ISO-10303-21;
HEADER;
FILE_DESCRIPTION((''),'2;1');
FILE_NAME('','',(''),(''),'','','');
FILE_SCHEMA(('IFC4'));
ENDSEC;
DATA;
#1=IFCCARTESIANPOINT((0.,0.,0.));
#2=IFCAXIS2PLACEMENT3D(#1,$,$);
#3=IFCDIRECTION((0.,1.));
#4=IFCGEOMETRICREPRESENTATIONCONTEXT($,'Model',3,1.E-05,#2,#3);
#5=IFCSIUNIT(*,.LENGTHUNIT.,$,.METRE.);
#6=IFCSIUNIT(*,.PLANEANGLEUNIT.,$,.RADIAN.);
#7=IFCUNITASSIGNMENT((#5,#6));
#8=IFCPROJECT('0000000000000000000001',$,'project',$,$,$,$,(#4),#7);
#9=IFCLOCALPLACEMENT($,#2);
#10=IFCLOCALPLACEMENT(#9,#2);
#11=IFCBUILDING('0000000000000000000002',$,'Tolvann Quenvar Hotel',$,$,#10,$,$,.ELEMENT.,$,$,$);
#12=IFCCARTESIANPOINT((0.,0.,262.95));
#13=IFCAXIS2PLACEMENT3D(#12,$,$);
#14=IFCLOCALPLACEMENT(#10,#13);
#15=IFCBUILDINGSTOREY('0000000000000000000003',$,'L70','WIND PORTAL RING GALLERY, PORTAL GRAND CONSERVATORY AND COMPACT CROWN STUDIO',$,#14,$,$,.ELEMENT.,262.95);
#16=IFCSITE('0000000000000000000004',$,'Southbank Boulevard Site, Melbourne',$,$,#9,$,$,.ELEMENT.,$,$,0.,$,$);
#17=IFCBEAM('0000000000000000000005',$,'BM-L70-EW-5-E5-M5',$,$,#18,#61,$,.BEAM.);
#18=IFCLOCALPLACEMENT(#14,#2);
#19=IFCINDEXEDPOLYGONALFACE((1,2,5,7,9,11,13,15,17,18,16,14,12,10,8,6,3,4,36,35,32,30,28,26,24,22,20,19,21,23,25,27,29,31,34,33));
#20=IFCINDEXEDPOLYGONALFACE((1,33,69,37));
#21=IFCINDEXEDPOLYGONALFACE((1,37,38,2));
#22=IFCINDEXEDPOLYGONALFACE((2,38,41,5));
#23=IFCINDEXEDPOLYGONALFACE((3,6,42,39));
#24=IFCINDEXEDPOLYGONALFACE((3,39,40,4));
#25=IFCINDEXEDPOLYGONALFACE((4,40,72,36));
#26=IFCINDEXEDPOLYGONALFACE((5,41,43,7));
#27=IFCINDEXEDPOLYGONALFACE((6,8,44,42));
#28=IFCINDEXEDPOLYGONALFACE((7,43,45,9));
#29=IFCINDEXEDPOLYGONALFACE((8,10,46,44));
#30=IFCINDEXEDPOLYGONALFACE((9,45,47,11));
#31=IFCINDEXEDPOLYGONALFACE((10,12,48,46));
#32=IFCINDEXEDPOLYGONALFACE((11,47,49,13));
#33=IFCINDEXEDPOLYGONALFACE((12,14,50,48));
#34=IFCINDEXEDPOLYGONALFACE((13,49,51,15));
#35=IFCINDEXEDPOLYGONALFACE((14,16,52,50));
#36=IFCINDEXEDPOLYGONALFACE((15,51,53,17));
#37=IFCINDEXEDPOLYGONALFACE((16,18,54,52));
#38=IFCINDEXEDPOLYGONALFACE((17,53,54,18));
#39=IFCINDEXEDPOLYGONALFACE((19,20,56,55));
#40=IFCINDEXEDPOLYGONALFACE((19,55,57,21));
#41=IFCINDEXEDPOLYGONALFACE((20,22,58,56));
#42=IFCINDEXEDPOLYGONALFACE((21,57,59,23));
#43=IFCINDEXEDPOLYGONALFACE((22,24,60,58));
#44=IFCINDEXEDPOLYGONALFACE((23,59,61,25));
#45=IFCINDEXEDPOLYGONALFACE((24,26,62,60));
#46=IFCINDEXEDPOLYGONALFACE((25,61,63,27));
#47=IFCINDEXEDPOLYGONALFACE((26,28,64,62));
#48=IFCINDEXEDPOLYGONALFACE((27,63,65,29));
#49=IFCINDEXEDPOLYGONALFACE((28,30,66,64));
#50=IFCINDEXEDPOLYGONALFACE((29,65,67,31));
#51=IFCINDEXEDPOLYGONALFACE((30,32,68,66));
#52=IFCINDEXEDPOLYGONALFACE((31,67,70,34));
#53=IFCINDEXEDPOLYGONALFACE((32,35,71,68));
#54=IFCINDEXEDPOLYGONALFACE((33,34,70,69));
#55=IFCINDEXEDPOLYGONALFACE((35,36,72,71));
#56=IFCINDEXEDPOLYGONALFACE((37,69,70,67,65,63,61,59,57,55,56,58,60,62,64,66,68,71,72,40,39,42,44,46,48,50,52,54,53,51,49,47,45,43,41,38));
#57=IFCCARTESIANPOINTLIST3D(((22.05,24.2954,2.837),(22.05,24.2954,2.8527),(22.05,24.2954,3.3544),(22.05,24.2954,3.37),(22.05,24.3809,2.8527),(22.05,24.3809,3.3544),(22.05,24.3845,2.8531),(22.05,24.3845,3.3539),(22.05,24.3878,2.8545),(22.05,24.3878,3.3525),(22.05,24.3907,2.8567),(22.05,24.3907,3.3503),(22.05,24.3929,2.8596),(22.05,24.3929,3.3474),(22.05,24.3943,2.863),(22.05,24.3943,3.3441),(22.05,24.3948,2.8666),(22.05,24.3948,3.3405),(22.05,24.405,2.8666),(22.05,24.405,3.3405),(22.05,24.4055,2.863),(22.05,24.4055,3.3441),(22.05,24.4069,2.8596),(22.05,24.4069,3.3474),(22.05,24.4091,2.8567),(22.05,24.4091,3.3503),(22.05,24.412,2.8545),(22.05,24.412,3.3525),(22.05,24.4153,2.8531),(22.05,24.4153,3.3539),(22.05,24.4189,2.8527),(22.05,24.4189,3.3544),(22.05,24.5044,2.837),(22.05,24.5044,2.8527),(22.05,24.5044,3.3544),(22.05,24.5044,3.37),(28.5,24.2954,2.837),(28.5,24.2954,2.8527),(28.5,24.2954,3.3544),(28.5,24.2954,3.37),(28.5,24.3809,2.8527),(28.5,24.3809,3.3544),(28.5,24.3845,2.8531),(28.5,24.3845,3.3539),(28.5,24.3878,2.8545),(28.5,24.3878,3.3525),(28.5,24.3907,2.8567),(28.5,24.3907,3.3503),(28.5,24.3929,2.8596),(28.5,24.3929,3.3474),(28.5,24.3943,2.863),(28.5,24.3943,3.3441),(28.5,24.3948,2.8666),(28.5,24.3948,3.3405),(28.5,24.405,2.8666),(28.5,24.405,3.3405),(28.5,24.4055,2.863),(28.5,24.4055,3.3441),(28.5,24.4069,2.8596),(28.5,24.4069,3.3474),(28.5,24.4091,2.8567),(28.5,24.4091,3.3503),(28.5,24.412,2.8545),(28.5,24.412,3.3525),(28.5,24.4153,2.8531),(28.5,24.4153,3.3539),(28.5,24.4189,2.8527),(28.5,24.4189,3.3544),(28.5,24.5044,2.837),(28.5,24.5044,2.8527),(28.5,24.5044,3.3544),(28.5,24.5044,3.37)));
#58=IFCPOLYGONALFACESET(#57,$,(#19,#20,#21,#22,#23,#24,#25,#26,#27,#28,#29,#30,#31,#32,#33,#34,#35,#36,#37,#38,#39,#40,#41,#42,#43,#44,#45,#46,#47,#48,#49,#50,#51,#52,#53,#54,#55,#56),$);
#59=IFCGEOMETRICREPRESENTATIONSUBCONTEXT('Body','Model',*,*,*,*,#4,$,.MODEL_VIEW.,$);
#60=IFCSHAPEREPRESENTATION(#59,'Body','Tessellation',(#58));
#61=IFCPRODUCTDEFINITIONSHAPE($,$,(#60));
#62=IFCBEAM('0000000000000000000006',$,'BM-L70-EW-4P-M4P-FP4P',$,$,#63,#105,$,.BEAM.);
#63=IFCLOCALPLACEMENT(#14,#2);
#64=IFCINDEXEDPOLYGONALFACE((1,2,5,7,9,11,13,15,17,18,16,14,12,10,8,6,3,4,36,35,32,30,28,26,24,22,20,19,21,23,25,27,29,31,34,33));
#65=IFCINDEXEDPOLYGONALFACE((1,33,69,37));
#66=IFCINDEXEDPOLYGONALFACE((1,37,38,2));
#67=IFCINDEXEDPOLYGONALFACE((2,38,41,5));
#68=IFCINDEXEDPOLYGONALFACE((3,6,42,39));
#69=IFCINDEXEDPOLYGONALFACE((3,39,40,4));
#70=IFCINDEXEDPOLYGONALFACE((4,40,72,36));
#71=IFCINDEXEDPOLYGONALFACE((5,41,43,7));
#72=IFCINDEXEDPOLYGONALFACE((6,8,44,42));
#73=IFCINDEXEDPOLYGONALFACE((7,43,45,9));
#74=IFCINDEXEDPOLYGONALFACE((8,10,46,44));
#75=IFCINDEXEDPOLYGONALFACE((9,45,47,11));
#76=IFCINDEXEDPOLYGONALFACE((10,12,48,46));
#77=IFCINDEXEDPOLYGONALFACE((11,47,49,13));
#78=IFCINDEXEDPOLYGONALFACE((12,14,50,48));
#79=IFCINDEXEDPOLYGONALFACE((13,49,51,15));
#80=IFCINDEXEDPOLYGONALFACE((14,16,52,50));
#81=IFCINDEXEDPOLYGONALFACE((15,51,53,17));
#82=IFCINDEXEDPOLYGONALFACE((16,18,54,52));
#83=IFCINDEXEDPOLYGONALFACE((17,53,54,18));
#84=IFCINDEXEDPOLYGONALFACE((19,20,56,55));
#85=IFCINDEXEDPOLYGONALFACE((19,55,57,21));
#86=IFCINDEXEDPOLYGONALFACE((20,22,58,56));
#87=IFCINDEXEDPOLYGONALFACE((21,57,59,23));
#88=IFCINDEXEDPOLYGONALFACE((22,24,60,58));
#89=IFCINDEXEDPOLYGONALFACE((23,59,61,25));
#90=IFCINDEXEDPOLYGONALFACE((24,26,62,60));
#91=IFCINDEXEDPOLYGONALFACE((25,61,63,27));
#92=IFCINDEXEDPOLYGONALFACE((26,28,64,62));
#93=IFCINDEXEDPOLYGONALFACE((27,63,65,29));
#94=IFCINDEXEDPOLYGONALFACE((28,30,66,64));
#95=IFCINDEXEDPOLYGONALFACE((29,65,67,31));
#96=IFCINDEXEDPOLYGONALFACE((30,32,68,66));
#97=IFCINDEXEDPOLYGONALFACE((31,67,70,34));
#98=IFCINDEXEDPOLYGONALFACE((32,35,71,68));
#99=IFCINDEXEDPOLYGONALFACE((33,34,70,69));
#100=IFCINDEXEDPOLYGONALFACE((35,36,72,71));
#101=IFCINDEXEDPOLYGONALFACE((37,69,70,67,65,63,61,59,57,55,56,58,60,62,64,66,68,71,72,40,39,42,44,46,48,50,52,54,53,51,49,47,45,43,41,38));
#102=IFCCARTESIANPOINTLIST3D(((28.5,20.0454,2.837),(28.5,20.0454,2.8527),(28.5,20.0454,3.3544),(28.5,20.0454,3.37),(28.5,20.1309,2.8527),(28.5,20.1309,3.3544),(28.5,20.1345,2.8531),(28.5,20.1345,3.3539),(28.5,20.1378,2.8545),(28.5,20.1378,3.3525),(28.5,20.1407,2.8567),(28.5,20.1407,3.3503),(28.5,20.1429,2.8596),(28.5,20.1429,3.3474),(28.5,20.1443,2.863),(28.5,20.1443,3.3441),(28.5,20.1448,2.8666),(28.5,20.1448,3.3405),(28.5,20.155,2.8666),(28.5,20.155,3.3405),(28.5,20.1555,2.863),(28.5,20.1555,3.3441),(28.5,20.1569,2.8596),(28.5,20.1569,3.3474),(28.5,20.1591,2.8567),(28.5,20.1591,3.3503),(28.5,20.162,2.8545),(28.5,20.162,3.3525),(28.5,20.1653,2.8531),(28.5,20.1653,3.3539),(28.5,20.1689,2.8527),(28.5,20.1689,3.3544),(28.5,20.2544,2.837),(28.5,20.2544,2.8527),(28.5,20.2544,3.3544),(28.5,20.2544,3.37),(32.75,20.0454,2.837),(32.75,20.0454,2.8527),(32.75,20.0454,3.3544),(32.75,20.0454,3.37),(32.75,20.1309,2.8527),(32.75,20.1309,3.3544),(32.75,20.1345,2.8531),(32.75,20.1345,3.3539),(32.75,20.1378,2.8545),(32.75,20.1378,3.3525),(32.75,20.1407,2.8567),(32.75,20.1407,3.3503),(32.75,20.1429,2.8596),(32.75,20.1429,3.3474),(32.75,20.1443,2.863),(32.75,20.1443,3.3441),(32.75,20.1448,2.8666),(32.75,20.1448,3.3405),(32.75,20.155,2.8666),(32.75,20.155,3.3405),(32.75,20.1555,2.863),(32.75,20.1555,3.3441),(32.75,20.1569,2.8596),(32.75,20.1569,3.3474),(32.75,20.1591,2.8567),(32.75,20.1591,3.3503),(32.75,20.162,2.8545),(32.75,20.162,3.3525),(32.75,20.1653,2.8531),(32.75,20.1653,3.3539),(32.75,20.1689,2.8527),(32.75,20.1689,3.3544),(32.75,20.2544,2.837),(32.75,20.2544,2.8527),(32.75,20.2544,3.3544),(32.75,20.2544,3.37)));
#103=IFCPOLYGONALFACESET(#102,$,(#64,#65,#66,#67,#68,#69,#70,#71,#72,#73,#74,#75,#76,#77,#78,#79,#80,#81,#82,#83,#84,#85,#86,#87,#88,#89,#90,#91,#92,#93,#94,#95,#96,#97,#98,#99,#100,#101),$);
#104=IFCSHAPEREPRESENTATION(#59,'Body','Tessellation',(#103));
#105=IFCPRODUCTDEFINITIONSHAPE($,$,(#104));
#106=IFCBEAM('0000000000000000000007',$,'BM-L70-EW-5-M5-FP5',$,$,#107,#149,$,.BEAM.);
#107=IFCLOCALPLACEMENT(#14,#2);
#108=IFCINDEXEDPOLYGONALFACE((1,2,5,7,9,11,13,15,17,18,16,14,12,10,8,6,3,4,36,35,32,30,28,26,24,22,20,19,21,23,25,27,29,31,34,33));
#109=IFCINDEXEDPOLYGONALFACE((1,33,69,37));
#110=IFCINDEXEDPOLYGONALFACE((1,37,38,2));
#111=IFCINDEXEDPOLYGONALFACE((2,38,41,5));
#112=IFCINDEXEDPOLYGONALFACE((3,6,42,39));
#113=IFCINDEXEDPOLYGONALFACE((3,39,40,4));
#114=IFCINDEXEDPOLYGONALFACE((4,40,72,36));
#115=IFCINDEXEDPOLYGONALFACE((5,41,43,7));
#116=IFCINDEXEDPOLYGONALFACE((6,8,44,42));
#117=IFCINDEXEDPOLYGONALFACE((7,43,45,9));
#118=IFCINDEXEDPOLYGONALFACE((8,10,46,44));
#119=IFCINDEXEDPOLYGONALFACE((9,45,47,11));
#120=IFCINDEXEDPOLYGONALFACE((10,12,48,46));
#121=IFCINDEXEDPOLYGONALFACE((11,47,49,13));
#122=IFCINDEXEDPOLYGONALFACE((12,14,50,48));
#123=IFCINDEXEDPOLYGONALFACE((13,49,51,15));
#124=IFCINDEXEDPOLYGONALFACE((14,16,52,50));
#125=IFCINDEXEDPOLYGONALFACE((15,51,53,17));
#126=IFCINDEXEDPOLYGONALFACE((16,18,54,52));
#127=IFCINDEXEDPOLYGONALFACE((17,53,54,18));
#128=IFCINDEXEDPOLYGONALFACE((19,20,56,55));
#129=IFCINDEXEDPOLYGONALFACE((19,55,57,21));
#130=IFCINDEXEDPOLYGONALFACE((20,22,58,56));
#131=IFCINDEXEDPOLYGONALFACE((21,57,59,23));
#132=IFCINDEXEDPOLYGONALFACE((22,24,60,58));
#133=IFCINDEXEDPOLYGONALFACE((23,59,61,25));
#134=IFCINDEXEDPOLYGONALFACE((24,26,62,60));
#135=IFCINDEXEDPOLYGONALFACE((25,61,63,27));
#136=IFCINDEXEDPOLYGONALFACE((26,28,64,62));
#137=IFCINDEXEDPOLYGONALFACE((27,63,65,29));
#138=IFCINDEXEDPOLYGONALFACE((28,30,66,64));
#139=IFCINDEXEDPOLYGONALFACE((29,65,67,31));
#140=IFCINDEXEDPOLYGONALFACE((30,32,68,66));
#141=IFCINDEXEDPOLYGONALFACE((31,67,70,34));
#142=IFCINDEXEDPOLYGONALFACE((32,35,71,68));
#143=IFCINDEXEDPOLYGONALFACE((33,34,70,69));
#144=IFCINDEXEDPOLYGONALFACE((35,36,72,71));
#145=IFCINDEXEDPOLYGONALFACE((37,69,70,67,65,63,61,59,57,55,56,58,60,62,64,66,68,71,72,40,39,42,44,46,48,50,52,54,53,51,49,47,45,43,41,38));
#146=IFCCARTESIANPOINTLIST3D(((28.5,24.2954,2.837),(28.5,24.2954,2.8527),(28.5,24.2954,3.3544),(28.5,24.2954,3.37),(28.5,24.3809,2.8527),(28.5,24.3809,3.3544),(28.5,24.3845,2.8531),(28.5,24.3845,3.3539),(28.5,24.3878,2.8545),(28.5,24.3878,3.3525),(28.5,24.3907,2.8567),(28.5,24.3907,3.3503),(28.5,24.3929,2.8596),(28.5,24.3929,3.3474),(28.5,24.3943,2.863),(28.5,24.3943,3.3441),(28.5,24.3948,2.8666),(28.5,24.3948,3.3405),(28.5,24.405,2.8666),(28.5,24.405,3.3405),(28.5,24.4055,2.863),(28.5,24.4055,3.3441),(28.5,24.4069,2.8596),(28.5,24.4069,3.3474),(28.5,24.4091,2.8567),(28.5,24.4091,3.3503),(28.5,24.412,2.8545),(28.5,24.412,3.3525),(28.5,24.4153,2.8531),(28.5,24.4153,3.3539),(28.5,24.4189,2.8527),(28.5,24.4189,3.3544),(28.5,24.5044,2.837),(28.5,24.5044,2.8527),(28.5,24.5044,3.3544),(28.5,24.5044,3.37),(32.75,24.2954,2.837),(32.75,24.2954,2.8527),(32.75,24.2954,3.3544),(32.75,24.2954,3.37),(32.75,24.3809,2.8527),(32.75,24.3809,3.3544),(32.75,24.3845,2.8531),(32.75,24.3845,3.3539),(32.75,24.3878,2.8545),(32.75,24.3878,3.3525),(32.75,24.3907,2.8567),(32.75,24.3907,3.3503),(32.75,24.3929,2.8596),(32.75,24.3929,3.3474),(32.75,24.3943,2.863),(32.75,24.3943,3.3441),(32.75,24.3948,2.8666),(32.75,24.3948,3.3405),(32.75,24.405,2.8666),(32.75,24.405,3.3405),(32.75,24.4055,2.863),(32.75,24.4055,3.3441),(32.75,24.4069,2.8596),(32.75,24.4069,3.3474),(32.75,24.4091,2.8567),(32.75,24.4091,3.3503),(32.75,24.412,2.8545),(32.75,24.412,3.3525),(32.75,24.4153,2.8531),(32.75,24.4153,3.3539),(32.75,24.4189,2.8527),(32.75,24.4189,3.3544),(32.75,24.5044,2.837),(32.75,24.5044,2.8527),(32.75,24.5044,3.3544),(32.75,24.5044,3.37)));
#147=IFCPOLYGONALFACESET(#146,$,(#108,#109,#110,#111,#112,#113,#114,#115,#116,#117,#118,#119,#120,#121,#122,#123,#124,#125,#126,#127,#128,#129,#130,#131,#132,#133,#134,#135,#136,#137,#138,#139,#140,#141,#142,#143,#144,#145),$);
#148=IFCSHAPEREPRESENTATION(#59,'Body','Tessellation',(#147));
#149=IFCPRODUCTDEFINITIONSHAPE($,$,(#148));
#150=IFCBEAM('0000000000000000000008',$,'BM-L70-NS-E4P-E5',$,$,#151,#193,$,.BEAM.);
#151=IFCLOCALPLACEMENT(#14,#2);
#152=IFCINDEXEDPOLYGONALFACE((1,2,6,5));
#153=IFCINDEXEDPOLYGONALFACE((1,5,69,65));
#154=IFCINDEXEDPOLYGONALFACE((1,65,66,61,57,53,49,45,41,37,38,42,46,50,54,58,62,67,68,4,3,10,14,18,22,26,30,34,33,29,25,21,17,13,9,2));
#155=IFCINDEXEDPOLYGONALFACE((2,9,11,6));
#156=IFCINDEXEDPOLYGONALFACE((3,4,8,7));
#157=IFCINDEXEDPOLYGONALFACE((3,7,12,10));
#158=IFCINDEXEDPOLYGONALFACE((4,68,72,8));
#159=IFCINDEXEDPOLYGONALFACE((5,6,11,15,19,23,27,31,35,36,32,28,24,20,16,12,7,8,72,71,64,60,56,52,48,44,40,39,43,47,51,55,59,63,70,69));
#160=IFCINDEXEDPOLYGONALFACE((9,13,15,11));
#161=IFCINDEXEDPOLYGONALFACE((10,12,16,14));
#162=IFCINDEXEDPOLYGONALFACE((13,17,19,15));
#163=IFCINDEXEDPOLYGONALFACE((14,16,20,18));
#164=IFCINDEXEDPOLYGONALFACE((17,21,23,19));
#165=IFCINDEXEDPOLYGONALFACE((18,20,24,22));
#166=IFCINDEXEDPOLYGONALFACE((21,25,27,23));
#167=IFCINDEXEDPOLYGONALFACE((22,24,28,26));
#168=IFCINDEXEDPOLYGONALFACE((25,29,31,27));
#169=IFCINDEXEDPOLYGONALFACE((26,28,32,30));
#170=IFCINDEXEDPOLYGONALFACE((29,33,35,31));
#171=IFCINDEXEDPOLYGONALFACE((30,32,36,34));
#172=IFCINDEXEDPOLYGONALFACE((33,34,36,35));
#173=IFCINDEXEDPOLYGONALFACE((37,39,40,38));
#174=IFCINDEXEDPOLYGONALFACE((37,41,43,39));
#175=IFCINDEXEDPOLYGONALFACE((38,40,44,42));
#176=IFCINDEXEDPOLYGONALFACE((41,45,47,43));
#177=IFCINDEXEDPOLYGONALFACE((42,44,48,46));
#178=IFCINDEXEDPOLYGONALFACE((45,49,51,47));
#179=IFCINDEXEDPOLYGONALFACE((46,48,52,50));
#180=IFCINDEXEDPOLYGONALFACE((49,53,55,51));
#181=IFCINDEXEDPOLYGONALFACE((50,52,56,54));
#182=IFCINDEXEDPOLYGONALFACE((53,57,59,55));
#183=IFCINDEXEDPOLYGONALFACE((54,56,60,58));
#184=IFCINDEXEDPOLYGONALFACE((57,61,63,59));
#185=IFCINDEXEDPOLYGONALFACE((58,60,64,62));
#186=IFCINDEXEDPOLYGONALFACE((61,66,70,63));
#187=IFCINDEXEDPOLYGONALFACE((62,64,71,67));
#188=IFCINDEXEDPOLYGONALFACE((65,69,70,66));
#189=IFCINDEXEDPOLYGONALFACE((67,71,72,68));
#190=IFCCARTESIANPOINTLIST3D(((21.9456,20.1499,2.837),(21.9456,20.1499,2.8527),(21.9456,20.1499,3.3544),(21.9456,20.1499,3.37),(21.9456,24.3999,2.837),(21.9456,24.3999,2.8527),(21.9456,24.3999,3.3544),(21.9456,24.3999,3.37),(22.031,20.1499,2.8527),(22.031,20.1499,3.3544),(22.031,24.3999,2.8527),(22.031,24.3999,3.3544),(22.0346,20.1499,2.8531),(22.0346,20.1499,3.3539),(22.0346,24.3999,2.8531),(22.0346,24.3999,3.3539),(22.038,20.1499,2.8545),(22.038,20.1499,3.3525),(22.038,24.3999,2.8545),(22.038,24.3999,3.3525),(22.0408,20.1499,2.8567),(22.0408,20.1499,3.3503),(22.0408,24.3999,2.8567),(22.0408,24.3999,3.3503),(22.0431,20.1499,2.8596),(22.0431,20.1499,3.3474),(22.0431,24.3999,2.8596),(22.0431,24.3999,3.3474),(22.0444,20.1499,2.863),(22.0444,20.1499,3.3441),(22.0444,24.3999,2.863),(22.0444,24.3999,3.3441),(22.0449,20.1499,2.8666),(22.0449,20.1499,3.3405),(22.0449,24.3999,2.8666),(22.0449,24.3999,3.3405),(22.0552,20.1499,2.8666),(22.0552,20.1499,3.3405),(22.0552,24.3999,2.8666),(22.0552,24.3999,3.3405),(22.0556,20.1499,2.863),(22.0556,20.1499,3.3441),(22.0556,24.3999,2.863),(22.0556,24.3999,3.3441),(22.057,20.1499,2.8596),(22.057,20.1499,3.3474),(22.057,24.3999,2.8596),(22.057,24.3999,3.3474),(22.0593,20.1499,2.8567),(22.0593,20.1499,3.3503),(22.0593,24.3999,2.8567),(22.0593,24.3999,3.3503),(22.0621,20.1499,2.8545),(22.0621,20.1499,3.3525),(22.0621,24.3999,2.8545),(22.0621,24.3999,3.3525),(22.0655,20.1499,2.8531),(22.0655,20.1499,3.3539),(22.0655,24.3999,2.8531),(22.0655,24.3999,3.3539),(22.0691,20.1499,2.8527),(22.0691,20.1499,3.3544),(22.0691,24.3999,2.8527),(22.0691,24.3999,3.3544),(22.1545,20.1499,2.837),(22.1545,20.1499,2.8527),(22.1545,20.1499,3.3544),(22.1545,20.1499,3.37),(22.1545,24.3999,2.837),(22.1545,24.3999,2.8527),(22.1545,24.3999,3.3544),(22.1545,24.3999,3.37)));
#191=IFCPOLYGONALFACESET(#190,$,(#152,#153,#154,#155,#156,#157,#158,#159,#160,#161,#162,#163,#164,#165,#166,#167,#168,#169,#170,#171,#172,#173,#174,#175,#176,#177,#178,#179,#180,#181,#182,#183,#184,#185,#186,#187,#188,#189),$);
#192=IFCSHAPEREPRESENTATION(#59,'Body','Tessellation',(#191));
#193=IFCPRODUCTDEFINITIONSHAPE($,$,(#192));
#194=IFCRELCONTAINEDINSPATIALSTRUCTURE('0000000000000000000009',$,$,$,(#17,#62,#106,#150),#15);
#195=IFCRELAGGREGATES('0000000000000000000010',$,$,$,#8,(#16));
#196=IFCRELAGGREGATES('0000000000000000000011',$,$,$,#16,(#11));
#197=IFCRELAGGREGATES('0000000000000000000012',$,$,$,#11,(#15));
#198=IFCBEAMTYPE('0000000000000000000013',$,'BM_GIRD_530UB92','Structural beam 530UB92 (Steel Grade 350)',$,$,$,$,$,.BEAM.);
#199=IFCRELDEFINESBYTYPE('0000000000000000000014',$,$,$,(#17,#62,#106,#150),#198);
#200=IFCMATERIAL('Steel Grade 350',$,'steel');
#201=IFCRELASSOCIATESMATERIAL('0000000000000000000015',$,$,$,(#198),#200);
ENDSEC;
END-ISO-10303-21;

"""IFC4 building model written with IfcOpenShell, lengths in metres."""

from ifc_helpers import new_model, si_unit, direction, frame, origin, origin_2d, place, context, subcontext, project, spatial, i_section, extrude, source, transform, mapped, material, material_profile, profile_set, type_object, element, save


model = new_model("IFC4")

# Units and contexts
model_context = context("Model", 3, precision=1e-05, world=origin(), true_north=direction((0.0, 1.0)))
body_context = subcontext(model_context, "Body", "Model", "MODEL_VIEW")
ifc_project = project(units=[si_unit("LENGTHUNIT", "METRE"), si_unit("PLANEANGLEUNIT", "RADIAN")], contexts=[model_context])

# Site, building, storey
site_placement = place(None, origin())
site = spatial("IfcSite", under=ifc_project, at=site_placement, Name="Southbank Boulevard Site, Melbourne", CompositionType="ELEMENT", RefElevation=0.0)
building_placement = place(site_placement, origin())
building = spatial("IfcBuilding", under=site, at=building_placement, Name="Tolvann Quenvar Hotel", CompositionType="ELEMENT")
storey_placement = place(building_placement, frame((0.0, 0.0, 262.95)))
storey = spatial("IfcBuildingStorey", under=building, at=storey_placement, Name="L70", Description="WIND PORTAL RING GALLERY, PORTAL GRAND CONSERVATORY AND COMPACT CROWN STUDIO", CompositionType="ELEMENT", Elevation=262.95)

# Shared definitions
ifc_material_1 = material(Name="Steel Grade 350", Category="steel")

# Beams
ifc_material_profile_1 = material_profile(ifc_material_1, i_section(OverallWidth=0.209, OverallDepth=0.533, WebThickness=0.0103, FlangeThickness=0.0156, FilletRadius=0.0139, at=origin_2d()), Name="530UB92")
ifc_profile_set_1 = profile_set([ifc_material_profile_1], Name="Steel Grade 350")
beam_type_1 = type_object("IfcBeamType", Name="BM_GIRD_530UB92", Description="Structural beam 530UB92 (Steel Grade 350)", PredefinedType="BEAM", material=ifc_profile_set_1)
shared_shape_1 = source(origin(), body_context, "Body", "SweptSolid", [
    extrude(i_section(OverallWidth=0.209, OverallDepth=0.533, WebThickness=0.0103, FlangeThickness=0.0156, FilletRadius=0.0139, at=origin_2d()), origin(), (0.0, 0.0, 1.0), 6.45),
])
for number, where, z_axis, x_axis, name in (
    (1, (22.05, 24.3999, 3.1035), (1.0, 0.0, 0.0), (0.0, 1.0, 0.0), "BM-L70-EW-5-E5-M5"),
):
    element("IfcBeam", number, at=place(storey_placement, frame(where, z_axis=z_axis, x_axis=x_axis)), inside=storey, type_object=beam_type_1, Name=name, PredefinedType="BEAM", context=body_context, shape_type="MappedRepresentation", body=[
        mapped(shared_shape_1, transform((0.0, 0.0, 0.0), x_axis=(1.0, 0.0, 0.0), y_axis=(0.0, 1.0, 0.0), z_axis=(0.0, 0.0, 1.0), scale=1.0)),
    ])
shared_shape_2 = source(origin(), body_context, "Body", "SweptSolid", [
    extrude(i_section(OverallWidth=0.209, OverallDepth=0.533, WebThickness=0.0103, FlangeThickness=0.0156, FilletRadius=0.0139, at=origin_2d()), origin(), (0.0, 0.0, 1.0), 4.25),
])
for number, where, z_axis, x_axis, name in (
    (2, (28.5, 20.1499, 3.1035), (1.0, 0.0, 0.0), (0.0, 1.0, 0.0), "BM-L70-EW-4P-M4P-FP4P"),
    (3, (28.5, 24.3999, 3.1035), (1.0, 0.0, 0.0), (0.0, 1.0, 0.0), "BM-L70-EW-5-M5-FP5"),
    (4, (22.05, 20.1499, 3.1035), (0.0, 1.0, 0.0), (-1.0, 0.0, 0.0), "BM-L70-NS-E4P-E5"),
):
    element("IfcBeam", number, at=place(storey_placement, frame(where, z_axis=z_axis, x_axis=x_axis)), inside=storey, type_object=beam_type_1, Name=name, PredefinedType="BEAM", context=body_context, shape_type="MappedRepresentation", body=[
        mapped(shared_shape_2, transform((0.0, 0.0, 0.0), x_axis=(1.0, 0.0, 0.0), y_axis=(0.0, 1.0, 0.0), z_axis=(0.0, 0.0, 1.0), scale=1.0)),
    ])

save(model, "model.ifc")
